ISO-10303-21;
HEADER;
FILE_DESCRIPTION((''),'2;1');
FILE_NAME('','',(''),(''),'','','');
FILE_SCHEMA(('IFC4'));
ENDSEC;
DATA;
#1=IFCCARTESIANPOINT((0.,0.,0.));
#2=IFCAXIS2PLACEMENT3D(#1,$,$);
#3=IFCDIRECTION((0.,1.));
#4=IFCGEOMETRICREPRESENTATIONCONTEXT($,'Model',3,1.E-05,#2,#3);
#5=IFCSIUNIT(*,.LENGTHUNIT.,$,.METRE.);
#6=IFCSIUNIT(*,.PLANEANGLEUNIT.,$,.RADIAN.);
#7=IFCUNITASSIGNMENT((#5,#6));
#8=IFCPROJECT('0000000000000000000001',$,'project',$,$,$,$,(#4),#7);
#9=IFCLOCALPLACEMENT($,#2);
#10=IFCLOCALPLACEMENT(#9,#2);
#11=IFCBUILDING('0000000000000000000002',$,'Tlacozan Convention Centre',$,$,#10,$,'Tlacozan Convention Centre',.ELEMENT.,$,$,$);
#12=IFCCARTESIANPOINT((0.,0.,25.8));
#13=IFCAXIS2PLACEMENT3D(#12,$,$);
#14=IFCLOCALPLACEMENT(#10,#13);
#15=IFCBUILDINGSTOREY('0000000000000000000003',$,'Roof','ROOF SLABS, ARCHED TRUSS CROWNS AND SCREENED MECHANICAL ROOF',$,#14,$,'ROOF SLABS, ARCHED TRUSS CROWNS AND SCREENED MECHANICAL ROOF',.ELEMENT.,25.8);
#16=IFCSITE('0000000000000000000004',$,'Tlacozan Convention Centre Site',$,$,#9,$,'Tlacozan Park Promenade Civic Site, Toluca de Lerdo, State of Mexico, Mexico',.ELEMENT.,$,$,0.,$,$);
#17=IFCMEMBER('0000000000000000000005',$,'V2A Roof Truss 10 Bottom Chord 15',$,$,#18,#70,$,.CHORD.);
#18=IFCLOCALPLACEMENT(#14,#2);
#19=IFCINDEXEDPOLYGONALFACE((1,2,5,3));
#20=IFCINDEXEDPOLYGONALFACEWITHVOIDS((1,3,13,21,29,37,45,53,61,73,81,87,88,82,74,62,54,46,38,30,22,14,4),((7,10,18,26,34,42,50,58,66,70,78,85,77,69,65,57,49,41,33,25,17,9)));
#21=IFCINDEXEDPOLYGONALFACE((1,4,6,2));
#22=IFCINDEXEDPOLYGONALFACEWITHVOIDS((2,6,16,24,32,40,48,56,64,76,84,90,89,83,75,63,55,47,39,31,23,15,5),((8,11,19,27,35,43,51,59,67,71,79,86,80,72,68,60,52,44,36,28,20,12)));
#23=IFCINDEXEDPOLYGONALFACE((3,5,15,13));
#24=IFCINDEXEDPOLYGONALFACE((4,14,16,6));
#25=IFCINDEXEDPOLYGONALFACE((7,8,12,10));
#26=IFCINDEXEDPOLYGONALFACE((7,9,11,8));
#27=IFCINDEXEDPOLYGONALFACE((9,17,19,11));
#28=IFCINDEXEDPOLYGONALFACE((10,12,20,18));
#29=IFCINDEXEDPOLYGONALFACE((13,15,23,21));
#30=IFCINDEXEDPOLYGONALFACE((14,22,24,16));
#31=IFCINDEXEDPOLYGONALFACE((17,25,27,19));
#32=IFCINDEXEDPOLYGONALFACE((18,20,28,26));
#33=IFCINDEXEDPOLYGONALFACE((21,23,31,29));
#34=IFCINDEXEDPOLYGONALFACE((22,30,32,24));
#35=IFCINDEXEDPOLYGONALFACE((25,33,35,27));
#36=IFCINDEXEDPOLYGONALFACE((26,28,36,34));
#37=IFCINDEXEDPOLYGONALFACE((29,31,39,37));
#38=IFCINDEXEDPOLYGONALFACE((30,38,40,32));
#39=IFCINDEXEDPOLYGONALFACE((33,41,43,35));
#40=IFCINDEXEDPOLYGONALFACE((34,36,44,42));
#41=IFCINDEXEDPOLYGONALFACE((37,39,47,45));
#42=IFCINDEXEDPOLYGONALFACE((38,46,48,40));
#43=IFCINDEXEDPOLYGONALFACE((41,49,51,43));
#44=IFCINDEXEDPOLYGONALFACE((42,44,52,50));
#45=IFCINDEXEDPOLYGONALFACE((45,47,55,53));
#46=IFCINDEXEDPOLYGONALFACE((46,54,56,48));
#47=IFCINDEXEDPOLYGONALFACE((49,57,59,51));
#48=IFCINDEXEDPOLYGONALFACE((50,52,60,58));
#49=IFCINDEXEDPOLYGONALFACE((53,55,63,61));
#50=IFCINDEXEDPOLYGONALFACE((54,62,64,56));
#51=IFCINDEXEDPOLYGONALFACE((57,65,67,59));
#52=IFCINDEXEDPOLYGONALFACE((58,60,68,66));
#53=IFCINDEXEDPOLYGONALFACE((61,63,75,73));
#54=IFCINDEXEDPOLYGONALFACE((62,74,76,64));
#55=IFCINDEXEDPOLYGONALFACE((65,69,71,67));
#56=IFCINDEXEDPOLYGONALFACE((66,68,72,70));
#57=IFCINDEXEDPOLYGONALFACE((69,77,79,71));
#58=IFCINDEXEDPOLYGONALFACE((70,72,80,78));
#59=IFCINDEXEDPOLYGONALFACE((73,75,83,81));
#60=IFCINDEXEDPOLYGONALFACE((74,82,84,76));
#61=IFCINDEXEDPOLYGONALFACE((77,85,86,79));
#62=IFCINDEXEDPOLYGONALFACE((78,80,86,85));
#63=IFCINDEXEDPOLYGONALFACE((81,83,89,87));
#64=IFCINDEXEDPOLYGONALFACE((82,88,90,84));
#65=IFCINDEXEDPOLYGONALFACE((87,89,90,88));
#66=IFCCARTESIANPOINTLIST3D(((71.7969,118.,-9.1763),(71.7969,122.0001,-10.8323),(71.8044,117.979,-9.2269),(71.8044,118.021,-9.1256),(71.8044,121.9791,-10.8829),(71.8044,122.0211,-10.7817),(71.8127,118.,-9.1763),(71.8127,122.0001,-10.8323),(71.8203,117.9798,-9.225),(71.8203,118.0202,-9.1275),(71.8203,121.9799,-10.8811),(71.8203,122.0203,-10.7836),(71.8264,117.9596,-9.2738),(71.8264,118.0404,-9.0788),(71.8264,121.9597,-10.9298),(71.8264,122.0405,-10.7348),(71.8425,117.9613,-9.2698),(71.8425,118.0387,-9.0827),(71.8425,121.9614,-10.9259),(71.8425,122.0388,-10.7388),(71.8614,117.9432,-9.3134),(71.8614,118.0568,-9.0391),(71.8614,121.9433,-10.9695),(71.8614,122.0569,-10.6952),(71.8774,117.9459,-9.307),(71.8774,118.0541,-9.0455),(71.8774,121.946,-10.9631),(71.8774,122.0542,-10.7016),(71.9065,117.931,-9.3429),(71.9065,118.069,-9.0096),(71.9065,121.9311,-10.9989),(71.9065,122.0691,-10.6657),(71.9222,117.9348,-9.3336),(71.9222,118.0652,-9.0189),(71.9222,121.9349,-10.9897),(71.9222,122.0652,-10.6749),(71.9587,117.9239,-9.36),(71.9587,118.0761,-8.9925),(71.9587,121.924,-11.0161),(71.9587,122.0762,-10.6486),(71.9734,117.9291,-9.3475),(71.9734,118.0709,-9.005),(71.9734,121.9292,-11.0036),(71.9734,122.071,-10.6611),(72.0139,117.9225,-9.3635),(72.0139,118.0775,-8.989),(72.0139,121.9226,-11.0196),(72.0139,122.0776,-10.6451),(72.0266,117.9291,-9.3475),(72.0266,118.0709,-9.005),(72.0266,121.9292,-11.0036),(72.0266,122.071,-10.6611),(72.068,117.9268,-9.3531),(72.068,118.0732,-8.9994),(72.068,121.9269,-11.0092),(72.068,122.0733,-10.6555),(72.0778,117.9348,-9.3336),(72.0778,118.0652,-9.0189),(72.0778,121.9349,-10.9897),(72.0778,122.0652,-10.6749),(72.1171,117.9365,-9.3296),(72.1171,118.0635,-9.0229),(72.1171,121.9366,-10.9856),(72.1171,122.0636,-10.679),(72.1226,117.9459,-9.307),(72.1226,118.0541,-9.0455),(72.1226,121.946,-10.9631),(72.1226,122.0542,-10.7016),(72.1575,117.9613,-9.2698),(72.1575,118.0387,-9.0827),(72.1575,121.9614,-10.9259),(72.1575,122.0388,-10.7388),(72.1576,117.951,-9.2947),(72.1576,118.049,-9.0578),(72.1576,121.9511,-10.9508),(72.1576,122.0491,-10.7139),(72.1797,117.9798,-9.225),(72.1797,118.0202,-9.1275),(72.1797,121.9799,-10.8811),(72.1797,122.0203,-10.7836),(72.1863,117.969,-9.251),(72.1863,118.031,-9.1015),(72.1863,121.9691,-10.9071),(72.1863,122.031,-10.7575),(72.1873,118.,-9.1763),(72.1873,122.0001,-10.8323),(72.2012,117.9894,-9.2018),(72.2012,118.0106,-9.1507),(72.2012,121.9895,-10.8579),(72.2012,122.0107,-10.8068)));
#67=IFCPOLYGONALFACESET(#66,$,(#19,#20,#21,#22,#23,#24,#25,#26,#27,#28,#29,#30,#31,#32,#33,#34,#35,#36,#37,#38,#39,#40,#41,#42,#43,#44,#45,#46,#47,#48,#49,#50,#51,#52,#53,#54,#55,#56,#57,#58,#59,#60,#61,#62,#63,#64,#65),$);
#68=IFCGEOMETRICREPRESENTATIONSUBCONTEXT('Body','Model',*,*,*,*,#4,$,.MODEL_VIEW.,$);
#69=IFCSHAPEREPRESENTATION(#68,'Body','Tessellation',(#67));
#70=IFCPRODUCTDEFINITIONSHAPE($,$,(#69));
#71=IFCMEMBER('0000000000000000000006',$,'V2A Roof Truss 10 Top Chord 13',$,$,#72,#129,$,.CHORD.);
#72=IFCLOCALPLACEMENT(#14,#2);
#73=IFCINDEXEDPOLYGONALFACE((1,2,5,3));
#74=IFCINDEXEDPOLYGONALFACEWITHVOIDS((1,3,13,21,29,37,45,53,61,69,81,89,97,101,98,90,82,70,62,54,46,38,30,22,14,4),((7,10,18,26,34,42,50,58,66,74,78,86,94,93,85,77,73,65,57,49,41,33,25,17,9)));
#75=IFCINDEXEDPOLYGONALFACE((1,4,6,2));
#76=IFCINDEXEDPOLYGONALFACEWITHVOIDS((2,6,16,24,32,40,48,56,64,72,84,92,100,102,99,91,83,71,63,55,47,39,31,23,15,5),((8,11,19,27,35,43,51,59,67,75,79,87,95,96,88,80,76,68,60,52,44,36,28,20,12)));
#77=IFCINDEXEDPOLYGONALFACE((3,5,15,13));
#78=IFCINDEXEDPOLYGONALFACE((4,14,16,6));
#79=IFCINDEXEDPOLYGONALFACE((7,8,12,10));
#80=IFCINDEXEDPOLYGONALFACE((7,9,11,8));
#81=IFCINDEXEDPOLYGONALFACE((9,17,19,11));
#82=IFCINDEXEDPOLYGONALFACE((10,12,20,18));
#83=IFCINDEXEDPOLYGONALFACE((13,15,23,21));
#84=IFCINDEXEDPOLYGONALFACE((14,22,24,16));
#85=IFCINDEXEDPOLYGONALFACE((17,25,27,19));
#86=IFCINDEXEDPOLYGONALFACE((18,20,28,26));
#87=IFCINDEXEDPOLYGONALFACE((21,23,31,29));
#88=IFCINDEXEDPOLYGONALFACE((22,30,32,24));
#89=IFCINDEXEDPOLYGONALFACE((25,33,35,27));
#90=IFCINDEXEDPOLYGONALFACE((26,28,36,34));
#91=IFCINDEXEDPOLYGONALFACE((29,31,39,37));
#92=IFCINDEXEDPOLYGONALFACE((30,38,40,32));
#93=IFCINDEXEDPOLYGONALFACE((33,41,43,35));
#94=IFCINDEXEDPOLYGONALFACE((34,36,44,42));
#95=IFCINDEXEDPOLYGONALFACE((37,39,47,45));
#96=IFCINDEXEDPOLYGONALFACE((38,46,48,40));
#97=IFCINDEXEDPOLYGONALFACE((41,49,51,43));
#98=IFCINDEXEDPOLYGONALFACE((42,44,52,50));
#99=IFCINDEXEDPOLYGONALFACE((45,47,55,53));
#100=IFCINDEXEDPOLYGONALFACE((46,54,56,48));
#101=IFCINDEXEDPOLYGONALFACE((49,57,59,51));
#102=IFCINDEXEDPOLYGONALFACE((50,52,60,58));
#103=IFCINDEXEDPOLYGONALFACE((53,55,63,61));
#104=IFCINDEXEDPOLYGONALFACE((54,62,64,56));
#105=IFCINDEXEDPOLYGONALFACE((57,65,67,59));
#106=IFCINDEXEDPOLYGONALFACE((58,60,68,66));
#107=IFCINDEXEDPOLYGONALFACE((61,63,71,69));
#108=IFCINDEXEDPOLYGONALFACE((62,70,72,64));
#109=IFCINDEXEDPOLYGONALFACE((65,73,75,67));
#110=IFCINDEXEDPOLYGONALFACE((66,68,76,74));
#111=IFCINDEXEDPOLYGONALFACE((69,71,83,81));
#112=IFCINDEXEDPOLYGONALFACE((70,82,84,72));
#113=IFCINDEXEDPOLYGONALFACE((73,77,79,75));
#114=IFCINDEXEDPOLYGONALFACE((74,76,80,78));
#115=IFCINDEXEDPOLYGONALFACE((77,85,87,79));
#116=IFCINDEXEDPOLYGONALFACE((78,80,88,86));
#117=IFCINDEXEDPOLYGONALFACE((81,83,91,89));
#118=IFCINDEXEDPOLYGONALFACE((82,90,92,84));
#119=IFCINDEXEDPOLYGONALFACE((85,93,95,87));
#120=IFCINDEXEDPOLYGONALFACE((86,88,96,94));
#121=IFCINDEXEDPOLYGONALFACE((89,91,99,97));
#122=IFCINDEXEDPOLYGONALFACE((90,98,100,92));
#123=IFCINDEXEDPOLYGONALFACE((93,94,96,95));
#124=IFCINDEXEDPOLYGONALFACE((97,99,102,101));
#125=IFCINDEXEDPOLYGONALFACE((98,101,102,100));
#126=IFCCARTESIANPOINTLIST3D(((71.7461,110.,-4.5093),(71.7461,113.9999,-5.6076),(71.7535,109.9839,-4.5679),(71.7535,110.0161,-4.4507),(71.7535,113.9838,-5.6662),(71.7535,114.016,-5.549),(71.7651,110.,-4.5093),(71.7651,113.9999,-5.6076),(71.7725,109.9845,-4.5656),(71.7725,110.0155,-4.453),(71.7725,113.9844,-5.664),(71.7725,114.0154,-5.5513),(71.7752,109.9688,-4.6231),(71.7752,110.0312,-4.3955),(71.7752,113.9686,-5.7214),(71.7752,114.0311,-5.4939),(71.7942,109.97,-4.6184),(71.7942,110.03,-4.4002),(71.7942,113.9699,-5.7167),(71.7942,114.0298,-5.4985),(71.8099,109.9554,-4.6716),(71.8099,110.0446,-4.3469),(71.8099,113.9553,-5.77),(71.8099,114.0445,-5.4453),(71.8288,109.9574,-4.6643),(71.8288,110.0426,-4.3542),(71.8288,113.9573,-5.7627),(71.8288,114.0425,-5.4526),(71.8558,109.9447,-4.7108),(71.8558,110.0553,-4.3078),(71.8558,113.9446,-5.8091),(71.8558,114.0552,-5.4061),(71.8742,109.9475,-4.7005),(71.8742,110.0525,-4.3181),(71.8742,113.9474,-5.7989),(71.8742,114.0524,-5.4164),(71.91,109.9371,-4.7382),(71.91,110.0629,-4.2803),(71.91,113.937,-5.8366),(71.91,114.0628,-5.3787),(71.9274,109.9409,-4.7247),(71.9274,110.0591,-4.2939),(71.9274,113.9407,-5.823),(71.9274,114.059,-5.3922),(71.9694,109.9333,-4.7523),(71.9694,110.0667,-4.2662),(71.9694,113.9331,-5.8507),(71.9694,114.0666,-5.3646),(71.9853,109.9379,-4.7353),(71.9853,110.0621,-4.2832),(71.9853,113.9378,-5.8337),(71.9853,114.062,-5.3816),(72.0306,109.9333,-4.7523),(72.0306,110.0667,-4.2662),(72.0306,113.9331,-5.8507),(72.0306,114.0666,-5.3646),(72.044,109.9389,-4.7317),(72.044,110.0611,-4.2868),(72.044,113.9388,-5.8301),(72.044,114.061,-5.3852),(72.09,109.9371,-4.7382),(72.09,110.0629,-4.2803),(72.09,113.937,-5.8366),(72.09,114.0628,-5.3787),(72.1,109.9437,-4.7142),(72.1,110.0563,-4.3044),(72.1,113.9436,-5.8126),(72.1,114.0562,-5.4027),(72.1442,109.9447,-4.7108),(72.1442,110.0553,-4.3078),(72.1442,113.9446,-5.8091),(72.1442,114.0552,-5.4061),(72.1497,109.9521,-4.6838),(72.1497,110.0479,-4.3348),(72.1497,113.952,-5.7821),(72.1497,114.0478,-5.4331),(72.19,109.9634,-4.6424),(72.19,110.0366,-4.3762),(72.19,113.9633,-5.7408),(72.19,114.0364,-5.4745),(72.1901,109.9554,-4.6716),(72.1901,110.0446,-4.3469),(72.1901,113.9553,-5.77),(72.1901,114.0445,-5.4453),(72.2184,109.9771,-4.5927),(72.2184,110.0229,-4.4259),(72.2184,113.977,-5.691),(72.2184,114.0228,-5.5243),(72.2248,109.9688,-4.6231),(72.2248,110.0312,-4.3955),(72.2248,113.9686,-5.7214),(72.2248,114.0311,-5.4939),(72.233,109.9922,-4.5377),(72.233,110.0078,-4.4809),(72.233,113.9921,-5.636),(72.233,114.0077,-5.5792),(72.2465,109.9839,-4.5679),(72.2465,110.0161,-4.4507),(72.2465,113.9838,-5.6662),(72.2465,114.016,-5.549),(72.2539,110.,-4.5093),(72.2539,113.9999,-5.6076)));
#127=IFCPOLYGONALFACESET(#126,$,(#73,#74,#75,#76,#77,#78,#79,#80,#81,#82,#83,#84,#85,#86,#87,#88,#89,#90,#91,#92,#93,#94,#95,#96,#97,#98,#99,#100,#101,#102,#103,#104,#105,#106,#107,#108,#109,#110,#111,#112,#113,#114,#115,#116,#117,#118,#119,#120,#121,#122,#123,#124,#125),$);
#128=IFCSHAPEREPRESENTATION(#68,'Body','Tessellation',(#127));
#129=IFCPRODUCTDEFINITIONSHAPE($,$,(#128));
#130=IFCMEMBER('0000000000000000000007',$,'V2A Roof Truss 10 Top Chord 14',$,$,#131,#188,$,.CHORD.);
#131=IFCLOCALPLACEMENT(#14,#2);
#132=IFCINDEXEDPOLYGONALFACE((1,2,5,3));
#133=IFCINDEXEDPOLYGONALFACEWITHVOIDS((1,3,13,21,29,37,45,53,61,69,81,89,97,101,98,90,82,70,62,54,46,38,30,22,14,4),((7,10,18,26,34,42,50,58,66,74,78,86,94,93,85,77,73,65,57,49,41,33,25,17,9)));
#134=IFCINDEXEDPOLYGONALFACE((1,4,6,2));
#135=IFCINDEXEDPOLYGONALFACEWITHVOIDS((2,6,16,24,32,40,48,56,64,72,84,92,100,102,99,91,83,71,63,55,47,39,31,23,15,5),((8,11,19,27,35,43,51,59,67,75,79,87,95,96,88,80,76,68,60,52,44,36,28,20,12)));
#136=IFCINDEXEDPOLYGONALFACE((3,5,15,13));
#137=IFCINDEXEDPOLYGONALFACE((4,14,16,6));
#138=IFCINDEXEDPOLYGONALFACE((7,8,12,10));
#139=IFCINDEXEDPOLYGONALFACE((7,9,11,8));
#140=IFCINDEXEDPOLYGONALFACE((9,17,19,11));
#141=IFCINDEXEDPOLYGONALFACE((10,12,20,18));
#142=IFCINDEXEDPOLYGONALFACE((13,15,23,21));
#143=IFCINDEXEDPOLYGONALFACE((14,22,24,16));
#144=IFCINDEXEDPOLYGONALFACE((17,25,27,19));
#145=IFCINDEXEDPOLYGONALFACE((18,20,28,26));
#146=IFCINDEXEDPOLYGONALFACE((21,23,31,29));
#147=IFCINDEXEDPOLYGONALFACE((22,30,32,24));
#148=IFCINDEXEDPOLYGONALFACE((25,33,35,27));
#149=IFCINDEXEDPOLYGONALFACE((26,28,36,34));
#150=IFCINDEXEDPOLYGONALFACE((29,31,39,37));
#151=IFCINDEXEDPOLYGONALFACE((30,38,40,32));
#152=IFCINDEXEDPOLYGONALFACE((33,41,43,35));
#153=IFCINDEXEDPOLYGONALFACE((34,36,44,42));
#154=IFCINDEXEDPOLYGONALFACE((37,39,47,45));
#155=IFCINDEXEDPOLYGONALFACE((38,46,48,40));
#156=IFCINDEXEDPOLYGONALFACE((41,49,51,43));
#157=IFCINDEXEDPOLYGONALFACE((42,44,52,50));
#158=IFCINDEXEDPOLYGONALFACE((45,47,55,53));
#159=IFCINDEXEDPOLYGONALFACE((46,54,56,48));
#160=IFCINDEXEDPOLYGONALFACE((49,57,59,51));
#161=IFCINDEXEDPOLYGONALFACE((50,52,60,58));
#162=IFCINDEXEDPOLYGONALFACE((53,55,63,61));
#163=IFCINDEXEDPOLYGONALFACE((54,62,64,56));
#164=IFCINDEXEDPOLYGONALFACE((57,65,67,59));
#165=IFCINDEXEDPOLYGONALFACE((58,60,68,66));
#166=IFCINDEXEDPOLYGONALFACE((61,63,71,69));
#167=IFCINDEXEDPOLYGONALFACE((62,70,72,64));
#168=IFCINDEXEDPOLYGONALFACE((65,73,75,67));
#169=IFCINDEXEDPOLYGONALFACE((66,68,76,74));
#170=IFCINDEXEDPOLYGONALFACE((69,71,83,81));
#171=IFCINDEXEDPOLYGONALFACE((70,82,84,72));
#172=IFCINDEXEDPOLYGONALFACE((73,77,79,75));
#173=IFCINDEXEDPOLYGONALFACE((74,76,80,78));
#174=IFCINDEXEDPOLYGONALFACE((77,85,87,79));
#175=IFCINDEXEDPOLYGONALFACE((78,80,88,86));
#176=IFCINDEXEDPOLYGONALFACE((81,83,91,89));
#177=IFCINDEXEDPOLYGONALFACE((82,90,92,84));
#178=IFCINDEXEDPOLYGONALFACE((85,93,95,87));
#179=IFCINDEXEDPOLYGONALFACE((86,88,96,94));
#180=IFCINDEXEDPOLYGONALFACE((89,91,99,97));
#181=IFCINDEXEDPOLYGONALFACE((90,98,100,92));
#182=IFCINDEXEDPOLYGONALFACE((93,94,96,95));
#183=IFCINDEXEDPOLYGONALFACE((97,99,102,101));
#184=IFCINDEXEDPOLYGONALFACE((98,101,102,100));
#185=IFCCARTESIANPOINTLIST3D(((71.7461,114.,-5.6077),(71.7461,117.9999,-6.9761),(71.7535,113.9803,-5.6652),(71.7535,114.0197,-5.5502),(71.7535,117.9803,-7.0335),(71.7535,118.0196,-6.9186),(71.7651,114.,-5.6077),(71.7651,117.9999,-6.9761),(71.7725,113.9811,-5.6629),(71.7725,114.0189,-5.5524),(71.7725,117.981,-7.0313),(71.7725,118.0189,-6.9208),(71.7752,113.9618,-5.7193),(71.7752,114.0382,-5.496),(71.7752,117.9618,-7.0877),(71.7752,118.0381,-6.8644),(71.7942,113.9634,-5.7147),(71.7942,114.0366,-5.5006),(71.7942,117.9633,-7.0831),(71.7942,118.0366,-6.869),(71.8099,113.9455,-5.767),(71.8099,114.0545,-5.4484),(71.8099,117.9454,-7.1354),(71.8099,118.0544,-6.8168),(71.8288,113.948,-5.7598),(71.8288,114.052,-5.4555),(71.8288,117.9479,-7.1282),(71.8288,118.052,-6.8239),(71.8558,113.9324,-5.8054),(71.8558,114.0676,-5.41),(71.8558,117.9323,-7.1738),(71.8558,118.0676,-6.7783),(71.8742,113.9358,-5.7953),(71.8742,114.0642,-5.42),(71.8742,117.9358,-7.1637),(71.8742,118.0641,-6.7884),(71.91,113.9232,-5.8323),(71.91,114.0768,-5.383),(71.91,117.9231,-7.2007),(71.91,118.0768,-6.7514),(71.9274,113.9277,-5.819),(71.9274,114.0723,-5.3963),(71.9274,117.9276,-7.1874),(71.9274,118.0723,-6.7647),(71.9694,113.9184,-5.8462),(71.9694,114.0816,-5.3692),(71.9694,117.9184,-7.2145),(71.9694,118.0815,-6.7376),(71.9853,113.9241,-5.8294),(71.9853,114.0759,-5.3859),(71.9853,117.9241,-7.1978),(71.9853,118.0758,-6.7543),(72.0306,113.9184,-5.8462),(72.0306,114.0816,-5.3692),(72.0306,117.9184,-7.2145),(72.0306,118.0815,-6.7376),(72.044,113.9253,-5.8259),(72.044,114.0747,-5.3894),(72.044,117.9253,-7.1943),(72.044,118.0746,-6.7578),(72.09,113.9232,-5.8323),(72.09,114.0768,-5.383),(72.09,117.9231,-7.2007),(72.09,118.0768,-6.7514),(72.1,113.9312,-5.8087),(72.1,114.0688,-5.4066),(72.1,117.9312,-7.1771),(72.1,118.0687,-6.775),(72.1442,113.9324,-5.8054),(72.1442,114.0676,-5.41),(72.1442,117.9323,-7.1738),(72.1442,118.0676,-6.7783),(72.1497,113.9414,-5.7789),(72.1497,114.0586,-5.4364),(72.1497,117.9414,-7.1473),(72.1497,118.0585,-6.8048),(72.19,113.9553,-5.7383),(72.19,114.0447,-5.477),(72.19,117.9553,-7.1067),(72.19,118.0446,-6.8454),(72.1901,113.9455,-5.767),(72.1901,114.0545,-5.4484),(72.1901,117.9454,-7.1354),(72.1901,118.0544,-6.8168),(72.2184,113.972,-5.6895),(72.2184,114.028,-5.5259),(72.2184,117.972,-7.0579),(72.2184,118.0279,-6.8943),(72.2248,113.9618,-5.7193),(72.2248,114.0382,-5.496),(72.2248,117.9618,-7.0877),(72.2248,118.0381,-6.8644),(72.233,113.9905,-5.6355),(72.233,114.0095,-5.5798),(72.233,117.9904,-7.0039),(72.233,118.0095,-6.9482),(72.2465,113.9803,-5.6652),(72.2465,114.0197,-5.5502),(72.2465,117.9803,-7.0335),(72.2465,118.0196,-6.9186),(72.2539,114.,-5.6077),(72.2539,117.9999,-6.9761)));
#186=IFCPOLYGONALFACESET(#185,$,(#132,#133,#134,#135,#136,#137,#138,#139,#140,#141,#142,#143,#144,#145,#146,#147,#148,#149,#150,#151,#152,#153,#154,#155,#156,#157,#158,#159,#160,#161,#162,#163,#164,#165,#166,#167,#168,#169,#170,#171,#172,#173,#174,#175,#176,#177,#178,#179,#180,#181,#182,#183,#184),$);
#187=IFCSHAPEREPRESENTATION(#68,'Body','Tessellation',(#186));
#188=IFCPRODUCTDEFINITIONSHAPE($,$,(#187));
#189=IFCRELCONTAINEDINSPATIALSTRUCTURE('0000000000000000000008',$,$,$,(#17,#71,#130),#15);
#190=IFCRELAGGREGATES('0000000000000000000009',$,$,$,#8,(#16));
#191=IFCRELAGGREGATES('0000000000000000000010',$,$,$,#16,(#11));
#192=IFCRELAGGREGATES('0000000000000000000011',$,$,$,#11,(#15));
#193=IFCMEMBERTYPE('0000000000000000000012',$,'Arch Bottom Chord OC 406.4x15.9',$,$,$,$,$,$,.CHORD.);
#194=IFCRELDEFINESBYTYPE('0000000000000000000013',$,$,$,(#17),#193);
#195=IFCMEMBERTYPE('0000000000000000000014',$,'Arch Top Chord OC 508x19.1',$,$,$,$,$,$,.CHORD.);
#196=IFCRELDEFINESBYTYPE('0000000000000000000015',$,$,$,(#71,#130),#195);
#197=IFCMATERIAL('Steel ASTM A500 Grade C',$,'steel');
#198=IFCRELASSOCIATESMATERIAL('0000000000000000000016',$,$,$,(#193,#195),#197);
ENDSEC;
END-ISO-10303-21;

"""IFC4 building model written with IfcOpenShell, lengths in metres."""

from ifc_helpers import new_model, si_unit, direction, frame, origin, origin_2d, place, context, subcontext, project, spatial, hollow_circle, extrude, material, material_profile, profile_set, type_object, element, save


model = new_model("IFC4")

# Units and contexts
model_context = context("Model", 3, precision=1e-05, world=origin(), true_north=direction((0.0, 1.0)))
body_context = subcontext(model_context, "Body", "Model", "MODEL_VIEW")
ifc_project = project(units=[si_unit("LENGTHUNIT", "METRE"), si_unit("PLANEANGLEUNIT", "RADIAN")], contexts=[model_context])

# Site, building, storey
site_placement = place(None, origin())
site = spatial("IfcSite", under=ifc_project, at=site_placement, Name="Tlacozan Convention Centre Site", LongName="Tlacozan Park Promenade Civic Site, Toluca de Lerdo, State of Mexico, Mexico", CompositionType="ELEMENT", RefElevation=0.0)
building_placement = place(site_placement, origin())
building = spatial("IfcBuilding", under=site, at=building_placement, Name="Tlacozan Convention Centre", LongName="Tlacozan Convention Centre", CompositionType="ELEMENT")
storey_placement = place(building_placement, frame((0.0, 0.0, 25.8)))
storey = spatial("IfcBuildingStorey", under=building, at=storey_placement, Name="Roof", Description="ROOF SLABS, ARCHED TRUSS CROWNS AND SCREENED MECHANICAL ROOF", LongName="ROOF SLABS, ARCHED TRUSS CROWNS AND SCREENED MECHANICAL ROOF", CompositionType="ELEMENT", Elevation=25.8)

# Members
ifc_material_1 = material(Name="Steel ASTM A500 Grade C", Category="steel")
ifc_material_profile_1 = material_profile(ifc_material_1, hollow_circle(Radius=0.2031, WallThickness=0.0159, at=origin_2d()), Name="OC 406.4x15.9")
ifc_profile_set_1 = profile_set([ifc_material_profile_1], Name="Steel ASTM A500 Grade C")
member_type_1 = type_object("IfcMemberType", Name="Arch Bottom Chord OC 406.4x15.9", PredefinedType="CHORD", material=ifc_profile_set_1)
member_1_placement = place(storey_placement, frame((72.0, 118.0, -9.1763), z_axis=(0.0, 0.923949, -0.382516), x_axis=(-1.0, 0.0, 0.0)))
element("IfcMember", 1, at=member_1_placement, inside=storey, type_object=member_type_1, Name="V2A Roof Truss 10 Bottom Chord 15", PredefinedType="CHORD", context=body_context, shape_type="SweptSolid", body=[
    extrude(hollow_circle(Radius=0.2031, WallThickness=0.0159, at=origin_2d()), origin(), (0.0, 0.0, 1.0), 4.3293),
])
ifc_material_profile_2 = material_profile(ifc_material_1, hollow_circle(Radius=0.2539, WallThickness=0.019, at=origin_2d()), Name="OC 508.0x19.1")
ifc_profile_set_2 = profile_set([ifc_material_profile_2], Name="Steel ASTM A500 Grade C")
member_type_2 = type_object("IfcMemberType", Name="Arch Top Chord OC 508x19.1", PredefinedType="CHORD", material=ifc_profile_set_2)
member_2_placement = place(storey_placement, frame((72.0, 110.0, -4.5093), z_axis=(0.0, 0.964305, -0.264795), x_axis=(-1.0, 0.0, 0.0)))
element("IfcMember", 2, at=member_2_placement, inside=storey, type_object=member_type_2, Name="V2A Roof Truss 10 Top Chord 13", PredefinedType="CHORD", context=body_context, shape_type="SweptSolid", body=[
    extrude(hollow_circle(Radius=0.2539, WallThickness=0.019, at=origin_2d()), origin(), (0.0, 0.0, 1.0), 4.1479),
])
member_3_placement = place(storey_placement, frame((72.0, 114.0, -5.6077), z_axis=(0.0, 0.946165, -0.323685), x_axis=(-1.0, 0.0, 0.0)))
element("IfcMember", 3, at=member_3_placement, inside=storey, type_object=member_type_2, Name="V2A Roof Truss 10 Top Chord 14", PredefinedType="CHORD", context=body_context, shape_type="SweptSolid", body=[
    extrude(hollow_circle(Radius=0.2539, WallThickness=0.019, at=origin_2d()), origin(), (0.0, 0.0, 1.0), 4.2275),
])

save(model, "model.ifc")
